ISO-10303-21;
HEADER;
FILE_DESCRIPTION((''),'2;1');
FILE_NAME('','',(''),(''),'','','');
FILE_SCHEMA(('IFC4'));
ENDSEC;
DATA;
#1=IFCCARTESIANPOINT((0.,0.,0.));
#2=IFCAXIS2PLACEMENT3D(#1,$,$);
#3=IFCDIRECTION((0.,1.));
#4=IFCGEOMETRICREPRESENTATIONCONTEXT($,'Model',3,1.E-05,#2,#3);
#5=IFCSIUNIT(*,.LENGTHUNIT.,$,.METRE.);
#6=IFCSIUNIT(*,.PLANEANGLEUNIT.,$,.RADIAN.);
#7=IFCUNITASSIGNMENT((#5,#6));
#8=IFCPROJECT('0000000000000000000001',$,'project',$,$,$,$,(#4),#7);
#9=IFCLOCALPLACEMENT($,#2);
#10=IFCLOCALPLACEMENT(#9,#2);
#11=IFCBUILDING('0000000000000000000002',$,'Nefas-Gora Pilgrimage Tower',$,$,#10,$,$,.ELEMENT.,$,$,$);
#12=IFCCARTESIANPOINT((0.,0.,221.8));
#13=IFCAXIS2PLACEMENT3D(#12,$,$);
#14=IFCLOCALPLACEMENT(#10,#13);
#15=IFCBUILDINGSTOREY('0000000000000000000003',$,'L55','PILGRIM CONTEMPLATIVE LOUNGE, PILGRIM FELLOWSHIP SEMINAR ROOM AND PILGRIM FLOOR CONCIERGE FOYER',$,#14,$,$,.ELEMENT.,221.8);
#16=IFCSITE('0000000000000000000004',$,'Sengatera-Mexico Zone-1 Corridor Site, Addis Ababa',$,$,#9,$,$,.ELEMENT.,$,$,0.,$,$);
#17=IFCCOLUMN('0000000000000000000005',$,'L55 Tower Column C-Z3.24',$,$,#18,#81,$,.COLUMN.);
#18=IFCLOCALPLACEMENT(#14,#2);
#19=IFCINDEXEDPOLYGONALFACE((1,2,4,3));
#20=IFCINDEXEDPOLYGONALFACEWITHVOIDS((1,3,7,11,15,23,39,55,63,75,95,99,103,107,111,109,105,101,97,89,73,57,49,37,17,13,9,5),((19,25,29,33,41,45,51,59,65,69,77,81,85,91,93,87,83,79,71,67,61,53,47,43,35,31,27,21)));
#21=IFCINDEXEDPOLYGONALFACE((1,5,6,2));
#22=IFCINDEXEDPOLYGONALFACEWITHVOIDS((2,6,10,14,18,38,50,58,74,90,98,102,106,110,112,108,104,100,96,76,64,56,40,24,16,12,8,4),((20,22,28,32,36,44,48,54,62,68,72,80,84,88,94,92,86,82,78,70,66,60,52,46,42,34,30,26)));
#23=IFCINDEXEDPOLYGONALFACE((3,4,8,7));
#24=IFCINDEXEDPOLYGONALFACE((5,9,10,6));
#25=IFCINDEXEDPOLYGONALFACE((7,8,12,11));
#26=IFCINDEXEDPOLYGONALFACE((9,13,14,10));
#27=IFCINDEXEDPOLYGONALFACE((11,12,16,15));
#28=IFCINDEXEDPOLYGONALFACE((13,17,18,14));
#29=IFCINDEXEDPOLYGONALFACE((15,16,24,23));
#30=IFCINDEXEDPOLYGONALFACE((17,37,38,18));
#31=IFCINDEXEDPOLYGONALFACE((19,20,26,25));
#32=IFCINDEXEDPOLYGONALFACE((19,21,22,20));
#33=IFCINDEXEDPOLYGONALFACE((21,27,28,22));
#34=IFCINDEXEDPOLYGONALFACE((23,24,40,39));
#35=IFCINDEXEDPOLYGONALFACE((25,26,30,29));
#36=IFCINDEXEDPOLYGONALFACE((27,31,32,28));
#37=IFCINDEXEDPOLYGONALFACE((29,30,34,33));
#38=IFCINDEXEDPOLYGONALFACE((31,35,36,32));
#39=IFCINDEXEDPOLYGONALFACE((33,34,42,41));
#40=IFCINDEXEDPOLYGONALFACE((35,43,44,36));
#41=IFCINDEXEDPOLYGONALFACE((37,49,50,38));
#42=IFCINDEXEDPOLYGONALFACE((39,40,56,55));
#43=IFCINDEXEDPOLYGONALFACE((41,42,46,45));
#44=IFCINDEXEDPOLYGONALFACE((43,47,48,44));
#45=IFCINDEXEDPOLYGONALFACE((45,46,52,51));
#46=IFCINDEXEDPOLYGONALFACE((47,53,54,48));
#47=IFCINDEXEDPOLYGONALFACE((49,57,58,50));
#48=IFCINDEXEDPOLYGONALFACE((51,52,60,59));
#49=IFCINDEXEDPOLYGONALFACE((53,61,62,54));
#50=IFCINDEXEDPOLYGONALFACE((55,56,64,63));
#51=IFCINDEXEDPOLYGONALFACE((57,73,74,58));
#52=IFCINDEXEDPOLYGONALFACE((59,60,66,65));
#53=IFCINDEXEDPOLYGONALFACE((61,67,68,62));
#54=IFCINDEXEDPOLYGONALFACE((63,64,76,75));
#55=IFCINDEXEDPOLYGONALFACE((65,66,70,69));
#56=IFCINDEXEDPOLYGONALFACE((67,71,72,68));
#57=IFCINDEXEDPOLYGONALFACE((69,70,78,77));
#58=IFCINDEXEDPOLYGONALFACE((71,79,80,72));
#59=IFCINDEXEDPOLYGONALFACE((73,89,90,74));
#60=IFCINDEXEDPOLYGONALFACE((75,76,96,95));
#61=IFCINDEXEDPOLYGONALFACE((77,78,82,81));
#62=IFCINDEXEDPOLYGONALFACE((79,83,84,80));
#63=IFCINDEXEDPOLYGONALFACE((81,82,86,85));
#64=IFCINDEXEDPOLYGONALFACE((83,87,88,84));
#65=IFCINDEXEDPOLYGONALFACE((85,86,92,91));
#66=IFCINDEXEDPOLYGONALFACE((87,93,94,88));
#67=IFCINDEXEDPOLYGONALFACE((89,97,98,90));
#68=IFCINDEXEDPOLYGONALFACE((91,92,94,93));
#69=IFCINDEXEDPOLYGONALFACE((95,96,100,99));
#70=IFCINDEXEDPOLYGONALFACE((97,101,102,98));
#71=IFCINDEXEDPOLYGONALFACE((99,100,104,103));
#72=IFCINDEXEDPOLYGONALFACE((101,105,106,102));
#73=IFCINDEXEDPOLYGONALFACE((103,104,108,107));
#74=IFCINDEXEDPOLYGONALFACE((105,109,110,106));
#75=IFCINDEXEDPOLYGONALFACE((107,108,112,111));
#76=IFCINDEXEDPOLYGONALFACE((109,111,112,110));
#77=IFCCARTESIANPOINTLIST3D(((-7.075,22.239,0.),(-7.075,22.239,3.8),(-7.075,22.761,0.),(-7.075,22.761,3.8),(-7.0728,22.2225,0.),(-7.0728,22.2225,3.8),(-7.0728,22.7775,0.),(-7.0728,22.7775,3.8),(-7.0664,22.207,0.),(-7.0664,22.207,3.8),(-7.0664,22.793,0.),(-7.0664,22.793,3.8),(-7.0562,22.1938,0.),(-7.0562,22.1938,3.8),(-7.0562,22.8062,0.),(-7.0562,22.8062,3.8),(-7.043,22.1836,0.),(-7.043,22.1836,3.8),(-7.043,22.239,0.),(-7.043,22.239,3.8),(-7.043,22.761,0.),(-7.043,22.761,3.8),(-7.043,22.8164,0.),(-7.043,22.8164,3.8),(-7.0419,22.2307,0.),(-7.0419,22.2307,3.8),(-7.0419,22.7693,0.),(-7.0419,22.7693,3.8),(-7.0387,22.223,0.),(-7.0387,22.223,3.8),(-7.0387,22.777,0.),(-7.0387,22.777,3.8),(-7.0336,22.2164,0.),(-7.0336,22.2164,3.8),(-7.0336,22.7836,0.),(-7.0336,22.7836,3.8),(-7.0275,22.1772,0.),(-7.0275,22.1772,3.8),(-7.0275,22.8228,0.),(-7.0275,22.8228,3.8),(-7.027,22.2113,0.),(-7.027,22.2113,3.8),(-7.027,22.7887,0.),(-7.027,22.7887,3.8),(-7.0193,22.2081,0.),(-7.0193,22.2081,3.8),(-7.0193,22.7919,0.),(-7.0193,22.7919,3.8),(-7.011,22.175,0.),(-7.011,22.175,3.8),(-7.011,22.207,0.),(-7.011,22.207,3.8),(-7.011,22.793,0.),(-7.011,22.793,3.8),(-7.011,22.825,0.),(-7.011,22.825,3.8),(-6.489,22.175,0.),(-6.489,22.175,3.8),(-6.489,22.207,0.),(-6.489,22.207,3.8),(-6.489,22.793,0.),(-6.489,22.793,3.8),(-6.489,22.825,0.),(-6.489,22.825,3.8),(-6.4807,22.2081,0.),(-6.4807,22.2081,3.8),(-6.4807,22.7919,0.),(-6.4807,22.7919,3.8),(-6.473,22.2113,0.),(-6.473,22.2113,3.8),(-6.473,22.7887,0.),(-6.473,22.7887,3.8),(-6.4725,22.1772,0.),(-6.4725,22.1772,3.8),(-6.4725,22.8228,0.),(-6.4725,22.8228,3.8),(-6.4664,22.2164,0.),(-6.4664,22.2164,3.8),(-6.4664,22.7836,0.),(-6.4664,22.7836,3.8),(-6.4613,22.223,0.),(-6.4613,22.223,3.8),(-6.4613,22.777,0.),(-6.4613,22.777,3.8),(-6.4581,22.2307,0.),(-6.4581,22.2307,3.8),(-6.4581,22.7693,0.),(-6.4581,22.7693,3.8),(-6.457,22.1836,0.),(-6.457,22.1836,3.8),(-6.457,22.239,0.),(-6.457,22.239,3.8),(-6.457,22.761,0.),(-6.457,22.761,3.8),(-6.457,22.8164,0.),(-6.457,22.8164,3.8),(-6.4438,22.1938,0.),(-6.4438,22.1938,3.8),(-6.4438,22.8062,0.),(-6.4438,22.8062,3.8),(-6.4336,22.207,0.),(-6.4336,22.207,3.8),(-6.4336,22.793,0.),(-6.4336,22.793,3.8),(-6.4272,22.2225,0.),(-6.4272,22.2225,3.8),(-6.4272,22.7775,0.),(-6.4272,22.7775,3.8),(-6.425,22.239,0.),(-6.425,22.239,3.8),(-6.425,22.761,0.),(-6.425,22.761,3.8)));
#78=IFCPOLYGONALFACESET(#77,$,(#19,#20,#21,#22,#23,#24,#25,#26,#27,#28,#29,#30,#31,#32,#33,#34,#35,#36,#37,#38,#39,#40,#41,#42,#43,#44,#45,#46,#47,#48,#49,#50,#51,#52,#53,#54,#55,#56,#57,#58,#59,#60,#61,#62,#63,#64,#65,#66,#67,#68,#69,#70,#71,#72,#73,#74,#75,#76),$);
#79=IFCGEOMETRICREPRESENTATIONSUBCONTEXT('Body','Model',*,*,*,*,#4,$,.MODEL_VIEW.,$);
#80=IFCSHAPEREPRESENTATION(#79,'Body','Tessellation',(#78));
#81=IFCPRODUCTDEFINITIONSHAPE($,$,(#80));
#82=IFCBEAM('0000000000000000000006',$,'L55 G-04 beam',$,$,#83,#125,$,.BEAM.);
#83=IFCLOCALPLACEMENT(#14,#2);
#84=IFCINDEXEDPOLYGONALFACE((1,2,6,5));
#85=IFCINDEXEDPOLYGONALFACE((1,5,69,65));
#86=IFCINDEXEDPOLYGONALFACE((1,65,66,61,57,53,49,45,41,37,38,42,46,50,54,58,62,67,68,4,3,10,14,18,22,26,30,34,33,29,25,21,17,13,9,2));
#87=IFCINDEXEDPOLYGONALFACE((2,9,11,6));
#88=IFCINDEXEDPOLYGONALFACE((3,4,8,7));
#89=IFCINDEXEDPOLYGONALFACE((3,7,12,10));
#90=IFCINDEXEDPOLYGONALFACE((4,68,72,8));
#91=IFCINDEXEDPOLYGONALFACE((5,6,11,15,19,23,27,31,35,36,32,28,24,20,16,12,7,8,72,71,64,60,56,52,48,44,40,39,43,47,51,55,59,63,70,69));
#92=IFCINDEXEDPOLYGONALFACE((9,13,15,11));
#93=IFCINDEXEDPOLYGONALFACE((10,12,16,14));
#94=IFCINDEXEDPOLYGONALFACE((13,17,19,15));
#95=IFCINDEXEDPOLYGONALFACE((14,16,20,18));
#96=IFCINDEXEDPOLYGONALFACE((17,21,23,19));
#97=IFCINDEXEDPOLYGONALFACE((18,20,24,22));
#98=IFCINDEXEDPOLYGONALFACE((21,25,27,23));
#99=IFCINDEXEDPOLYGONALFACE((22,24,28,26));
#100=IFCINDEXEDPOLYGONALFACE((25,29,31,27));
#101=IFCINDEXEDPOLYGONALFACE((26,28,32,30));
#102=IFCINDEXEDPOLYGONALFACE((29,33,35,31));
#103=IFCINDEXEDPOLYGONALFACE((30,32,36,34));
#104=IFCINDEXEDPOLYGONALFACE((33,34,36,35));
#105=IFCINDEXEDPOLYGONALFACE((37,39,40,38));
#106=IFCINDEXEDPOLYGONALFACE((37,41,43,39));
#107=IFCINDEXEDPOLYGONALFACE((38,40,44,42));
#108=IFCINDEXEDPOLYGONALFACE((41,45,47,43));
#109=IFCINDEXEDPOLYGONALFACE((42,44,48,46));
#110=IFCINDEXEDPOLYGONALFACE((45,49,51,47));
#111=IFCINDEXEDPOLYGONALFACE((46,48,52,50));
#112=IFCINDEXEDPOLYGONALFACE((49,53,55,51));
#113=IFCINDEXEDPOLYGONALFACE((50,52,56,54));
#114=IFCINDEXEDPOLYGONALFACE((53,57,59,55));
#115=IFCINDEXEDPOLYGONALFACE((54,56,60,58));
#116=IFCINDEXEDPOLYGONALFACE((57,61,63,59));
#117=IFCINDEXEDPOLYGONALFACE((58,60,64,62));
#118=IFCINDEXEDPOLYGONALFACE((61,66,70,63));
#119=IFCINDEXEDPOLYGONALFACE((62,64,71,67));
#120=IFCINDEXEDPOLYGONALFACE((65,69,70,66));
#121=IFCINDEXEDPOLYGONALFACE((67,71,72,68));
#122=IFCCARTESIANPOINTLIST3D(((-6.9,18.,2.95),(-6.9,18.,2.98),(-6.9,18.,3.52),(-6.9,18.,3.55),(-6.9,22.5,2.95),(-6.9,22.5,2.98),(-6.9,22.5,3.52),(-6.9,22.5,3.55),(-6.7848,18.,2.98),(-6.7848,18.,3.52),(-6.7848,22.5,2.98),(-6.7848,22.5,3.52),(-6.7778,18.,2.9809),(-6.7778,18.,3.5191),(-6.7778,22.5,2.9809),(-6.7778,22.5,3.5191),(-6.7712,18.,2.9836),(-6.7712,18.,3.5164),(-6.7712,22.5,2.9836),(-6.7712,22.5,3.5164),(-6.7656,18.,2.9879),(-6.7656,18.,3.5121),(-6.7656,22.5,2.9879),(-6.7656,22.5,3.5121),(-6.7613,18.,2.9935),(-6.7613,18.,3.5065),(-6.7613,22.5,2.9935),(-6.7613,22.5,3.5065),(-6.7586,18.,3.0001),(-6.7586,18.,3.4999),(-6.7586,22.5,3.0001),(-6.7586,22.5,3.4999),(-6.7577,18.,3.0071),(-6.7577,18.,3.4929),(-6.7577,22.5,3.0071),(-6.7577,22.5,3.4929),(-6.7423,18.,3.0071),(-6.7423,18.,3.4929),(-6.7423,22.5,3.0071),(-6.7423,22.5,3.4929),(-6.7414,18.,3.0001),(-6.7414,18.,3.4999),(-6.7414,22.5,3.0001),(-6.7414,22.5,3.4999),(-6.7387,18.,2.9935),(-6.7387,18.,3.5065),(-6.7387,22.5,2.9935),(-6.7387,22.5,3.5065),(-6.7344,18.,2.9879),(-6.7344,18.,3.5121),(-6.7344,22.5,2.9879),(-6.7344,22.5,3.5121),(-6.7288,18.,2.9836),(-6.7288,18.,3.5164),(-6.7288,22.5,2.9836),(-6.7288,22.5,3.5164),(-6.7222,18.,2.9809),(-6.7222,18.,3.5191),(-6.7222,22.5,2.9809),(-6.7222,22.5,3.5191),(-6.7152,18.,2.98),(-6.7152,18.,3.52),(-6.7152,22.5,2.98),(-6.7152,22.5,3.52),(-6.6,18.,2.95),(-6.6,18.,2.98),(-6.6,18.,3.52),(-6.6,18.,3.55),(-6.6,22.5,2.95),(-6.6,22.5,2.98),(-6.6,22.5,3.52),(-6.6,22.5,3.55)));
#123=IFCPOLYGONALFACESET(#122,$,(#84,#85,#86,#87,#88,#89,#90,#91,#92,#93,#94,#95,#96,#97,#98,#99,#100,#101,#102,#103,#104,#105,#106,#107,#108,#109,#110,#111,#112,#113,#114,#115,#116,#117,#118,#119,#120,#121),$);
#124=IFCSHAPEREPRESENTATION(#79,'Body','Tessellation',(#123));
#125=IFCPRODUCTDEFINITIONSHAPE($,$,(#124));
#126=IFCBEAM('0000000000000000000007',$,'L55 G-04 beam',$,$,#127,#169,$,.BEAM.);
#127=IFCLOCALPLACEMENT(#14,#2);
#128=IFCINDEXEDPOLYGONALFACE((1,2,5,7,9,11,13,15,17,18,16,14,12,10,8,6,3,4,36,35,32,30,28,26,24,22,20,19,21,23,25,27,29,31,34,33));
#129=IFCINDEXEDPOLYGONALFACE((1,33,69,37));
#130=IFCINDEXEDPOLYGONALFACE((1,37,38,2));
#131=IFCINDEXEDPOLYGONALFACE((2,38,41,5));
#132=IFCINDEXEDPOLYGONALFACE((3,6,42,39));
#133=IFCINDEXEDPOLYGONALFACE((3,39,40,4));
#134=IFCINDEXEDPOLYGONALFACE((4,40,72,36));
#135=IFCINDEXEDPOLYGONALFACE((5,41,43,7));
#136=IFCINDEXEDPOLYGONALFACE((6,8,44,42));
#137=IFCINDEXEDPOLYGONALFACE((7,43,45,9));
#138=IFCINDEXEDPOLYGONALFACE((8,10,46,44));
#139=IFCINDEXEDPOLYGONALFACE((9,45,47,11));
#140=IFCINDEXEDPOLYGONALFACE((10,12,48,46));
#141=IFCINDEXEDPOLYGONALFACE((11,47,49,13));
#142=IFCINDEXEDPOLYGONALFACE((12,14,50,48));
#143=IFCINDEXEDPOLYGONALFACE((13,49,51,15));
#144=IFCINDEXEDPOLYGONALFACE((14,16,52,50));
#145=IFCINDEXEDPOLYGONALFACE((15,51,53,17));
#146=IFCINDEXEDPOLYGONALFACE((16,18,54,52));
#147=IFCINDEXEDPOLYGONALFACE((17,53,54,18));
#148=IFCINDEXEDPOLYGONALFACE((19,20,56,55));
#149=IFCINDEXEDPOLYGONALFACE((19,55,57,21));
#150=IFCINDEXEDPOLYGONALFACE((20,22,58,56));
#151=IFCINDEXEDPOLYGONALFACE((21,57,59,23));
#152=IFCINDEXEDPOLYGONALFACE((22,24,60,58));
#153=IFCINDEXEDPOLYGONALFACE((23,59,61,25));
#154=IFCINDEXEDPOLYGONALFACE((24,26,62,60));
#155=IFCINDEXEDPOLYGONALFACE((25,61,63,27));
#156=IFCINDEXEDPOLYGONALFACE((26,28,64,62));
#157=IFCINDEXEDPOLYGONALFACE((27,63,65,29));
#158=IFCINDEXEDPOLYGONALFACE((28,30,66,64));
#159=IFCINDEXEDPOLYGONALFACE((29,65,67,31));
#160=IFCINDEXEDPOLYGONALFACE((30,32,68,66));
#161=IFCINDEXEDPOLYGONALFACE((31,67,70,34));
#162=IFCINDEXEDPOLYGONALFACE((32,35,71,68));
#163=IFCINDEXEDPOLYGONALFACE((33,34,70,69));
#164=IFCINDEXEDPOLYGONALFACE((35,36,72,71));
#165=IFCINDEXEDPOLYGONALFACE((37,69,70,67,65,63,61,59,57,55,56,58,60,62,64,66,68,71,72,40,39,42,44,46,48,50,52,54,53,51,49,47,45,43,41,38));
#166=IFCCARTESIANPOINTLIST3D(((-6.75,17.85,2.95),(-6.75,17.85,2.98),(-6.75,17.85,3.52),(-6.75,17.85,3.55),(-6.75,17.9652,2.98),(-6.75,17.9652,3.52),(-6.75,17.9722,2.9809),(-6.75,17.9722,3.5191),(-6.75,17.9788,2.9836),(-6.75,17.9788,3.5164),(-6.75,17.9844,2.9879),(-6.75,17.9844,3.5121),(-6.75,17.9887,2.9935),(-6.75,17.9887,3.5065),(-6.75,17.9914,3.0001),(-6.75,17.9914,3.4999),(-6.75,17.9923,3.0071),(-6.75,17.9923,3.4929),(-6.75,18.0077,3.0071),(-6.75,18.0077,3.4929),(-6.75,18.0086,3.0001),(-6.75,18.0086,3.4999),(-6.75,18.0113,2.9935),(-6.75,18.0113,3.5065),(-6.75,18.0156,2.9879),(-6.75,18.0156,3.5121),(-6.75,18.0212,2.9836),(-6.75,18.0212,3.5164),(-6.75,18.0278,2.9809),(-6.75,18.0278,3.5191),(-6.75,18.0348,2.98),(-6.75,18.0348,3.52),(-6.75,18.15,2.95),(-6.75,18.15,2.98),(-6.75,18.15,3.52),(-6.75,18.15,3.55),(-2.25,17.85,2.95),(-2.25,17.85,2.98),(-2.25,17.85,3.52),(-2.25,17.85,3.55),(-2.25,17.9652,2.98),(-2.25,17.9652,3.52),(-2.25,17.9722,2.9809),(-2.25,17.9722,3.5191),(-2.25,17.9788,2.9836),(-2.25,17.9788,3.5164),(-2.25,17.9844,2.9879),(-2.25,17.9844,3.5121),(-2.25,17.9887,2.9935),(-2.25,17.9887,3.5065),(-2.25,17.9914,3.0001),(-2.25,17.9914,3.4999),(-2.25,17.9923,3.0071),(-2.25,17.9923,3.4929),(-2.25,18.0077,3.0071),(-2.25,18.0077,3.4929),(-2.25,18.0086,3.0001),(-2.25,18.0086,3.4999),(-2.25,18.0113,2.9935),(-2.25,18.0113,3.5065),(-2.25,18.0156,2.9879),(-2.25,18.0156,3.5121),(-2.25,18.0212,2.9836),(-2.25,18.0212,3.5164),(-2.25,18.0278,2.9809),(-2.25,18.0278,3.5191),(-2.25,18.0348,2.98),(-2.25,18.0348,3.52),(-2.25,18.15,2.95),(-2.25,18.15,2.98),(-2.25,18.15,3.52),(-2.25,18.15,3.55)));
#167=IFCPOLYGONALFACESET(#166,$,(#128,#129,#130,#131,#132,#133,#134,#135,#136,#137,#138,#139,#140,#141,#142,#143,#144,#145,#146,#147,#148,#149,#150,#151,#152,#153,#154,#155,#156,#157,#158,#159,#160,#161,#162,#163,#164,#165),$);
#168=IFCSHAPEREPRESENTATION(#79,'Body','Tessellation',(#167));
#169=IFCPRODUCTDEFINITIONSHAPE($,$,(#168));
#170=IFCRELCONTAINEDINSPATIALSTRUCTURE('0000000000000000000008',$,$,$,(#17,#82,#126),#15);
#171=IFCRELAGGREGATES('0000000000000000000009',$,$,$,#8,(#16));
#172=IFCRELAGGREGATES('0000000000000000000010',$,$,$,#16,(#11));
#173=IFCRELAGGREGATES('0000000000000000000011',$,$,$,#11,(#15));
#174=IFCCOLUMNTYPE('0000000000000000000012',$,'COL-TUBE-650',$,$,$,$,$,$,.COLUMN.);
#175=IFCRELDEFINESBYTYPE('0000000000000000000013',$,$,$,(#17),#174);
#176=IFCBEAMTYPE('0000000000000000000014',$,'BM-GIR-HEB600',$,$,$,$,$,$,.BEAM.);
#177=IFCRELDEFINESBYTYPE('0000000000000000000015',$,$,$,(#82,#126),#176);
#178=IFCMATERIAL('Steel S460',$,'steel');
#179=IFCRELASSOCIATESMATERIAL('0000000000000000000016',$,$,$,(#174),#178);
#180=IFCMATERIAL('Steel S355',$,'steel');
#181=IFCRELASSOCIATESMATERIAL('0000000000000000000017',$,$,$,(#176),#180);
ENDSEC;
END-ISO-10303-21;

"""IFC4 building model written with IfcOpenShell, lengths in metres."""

from ifc_helpers import new_model, si_unit, direction, frame, origin, origin_2d, place, context, subcontext, project, spatial, hollow_rectangle, i_section, extrude, source, transform, mapped, material, material_profile, profile_set, type_object, element, save


model = new_model("IFC4")

# Units and contexts
model_context = context("Model", 3, precision=1e-05, world=origin(), true_north=direction((0.0, 1.0)))
body_context = subcontext(model_context, "Body", "Model", "MODEL_VIEW")
ifc_project = project(units=[si_unit("LENGTHUNIT", "METRE"), si_unit("PLANEANGLEUNIT", "RADIAN")], contexts=[model_context])

# Site, building, storey
site_placement = place(None, origin())
site = spatial("IfcSite", under=ifc_project, at=site_placement, Name="Sengatera-Mexico Zone-1 Corridor Site, Addis Ababa", CompositionType="ELEMENT", RefElevation=0.0)
building_placement = place(site_placement, origin())
building = spatial("IfcBuilding", under=site, at=building_placement, Name="Nefas-Gora Pilgrimage Tower", CompositionType="ELEMENT")
storey_placement = place(building_placement, frame((0.0, 0.0, 221.8)))
storey = spatial("IfcBuildingStorey", under=building, at=storey_placement, Name="L55", Description="PILGRIM CONTEMPLATIVE LOUNGE, PILGRIM FELLOWSHIP SEMINAR ROOM AND PILGRIM FLOOR CONCIERGE FOYER", CompositionType="ELEMENT", Elevation=221.8)

# Column
ifc_material_1 = material(Name="Steel S460", Category="steel")
ifc_material_profile_1 = material_profile(ifc_material_1, hollow_rectangle(XDim=0.6499, YDim=0.6499, WallThickness=0.032, InnerFilletRadius=0.032, OuterFilletRadius=0.064, at=origin_2d()), Name="BOX 650x650x32")
ifc_profile_set_1 = profile_set([ifc_material_profile_1], Name="Steel S460")
column_type_1 = type_object("IfcColumnType", Name="COL-TUBE-650", PredefinedType="COLUMN", material=ifc_profile_set_1)
shared_shape_1 = source(origin(), body_context, "Body", "SweptSolid", [
    extrude(hollow_rectangle(XDim=0.6499, YDim=0.6499, WallThickness=0.032, InnerFilletRadius=0.032, OuterFilletRadius=0.064, at=origin_2d()), origin(), (0.0, 0.0, 1.0), 3.8),
])
column_placement = place(storey_placement, frame((-6.75, 22.5, 0.0), z_axis=(0.0, 0.0, 1.0), x_axis=(1.0, 0.0, 0.0)))
element("IfcColumn", 1, at=column_placement, inside=storey, type_object=column_type_1, Name="L55 Tower Column C-Z3.24", PredefinedType="COLUMN", context=body_context, shape_type="MappedRepresentation", body=[
    mapped(shared_shape_1, transform((0.0, 0.0, 0.0), x_axis=(1.0, 0.0, 0.0), y_axis=(0.0, 1.0, 0.0), z_axis=(0.0, 0.0, 1.0), scale=1.0)),
])

# Beams
ifc_material_2 = material(Name="Steel S355", Category="steel")
ifc_material_profile_2 = material_profile(ifc_material_2, i_section(OverallWidth=0.3, OverallDepth=0.6001, WebThickness=0.0154, FlangeThickness=0.03, FilletRadius=0.0271, at=origin_2d()), Name="HEB 600")
ifc_profile_set_2 = profile_set([ifc_material_profile_2], Name="Steel S355")
beam_type = type_object("IfcBeamType", Name="BM-GIR-HEB600", PredefinedType="BEAM", material=ifc_profile_set_2)
shared_shape_2 = source(origin(), body_context, "Body", "SweptSolid", [
    extrude(i_section(OverallWidth=0.3, OverallDepth=0.6001, WebThickness=0.0154, FlangeThickness=0.03, FilletRadius=0.0271, at=origin_2d()), origin(), (0.0, 0.0, 1.0), 4.5),
])
for number, where, z_axis, x_axis, name in (
    (2, (-6.75, 18.0, 3.25), (0.0, 1.0, 0.0), (-1.0, 0.0, 0.0), "L55 G-04 beam"),
    (3, (-6.75, 18.0, 3.25), (1.0, 0.0, 0.0), (0.0, 1.0, 0.0), "L55 G-04 beam"),
):
    element("IfcBeam", number, at=place(storey_placement, frame(where, z_axis=z_axis, x_axis=x_axis)), inside=storey, type_object=beam_type, Name=name, PredefinedType="BEAM", context=body_context, shape_type="MappedRepresentation", body=[
        mapped(shared_shape_2, transform((0.0, 0.0, 0.0), x_axis=(1.0, 0.0, 0.0), y_axis=(0.0, 1.0, 0.0), z_axis=(0.0, 0.0, 1.0), scale=1.0)),
    ])

save(model, "model.ifc")
